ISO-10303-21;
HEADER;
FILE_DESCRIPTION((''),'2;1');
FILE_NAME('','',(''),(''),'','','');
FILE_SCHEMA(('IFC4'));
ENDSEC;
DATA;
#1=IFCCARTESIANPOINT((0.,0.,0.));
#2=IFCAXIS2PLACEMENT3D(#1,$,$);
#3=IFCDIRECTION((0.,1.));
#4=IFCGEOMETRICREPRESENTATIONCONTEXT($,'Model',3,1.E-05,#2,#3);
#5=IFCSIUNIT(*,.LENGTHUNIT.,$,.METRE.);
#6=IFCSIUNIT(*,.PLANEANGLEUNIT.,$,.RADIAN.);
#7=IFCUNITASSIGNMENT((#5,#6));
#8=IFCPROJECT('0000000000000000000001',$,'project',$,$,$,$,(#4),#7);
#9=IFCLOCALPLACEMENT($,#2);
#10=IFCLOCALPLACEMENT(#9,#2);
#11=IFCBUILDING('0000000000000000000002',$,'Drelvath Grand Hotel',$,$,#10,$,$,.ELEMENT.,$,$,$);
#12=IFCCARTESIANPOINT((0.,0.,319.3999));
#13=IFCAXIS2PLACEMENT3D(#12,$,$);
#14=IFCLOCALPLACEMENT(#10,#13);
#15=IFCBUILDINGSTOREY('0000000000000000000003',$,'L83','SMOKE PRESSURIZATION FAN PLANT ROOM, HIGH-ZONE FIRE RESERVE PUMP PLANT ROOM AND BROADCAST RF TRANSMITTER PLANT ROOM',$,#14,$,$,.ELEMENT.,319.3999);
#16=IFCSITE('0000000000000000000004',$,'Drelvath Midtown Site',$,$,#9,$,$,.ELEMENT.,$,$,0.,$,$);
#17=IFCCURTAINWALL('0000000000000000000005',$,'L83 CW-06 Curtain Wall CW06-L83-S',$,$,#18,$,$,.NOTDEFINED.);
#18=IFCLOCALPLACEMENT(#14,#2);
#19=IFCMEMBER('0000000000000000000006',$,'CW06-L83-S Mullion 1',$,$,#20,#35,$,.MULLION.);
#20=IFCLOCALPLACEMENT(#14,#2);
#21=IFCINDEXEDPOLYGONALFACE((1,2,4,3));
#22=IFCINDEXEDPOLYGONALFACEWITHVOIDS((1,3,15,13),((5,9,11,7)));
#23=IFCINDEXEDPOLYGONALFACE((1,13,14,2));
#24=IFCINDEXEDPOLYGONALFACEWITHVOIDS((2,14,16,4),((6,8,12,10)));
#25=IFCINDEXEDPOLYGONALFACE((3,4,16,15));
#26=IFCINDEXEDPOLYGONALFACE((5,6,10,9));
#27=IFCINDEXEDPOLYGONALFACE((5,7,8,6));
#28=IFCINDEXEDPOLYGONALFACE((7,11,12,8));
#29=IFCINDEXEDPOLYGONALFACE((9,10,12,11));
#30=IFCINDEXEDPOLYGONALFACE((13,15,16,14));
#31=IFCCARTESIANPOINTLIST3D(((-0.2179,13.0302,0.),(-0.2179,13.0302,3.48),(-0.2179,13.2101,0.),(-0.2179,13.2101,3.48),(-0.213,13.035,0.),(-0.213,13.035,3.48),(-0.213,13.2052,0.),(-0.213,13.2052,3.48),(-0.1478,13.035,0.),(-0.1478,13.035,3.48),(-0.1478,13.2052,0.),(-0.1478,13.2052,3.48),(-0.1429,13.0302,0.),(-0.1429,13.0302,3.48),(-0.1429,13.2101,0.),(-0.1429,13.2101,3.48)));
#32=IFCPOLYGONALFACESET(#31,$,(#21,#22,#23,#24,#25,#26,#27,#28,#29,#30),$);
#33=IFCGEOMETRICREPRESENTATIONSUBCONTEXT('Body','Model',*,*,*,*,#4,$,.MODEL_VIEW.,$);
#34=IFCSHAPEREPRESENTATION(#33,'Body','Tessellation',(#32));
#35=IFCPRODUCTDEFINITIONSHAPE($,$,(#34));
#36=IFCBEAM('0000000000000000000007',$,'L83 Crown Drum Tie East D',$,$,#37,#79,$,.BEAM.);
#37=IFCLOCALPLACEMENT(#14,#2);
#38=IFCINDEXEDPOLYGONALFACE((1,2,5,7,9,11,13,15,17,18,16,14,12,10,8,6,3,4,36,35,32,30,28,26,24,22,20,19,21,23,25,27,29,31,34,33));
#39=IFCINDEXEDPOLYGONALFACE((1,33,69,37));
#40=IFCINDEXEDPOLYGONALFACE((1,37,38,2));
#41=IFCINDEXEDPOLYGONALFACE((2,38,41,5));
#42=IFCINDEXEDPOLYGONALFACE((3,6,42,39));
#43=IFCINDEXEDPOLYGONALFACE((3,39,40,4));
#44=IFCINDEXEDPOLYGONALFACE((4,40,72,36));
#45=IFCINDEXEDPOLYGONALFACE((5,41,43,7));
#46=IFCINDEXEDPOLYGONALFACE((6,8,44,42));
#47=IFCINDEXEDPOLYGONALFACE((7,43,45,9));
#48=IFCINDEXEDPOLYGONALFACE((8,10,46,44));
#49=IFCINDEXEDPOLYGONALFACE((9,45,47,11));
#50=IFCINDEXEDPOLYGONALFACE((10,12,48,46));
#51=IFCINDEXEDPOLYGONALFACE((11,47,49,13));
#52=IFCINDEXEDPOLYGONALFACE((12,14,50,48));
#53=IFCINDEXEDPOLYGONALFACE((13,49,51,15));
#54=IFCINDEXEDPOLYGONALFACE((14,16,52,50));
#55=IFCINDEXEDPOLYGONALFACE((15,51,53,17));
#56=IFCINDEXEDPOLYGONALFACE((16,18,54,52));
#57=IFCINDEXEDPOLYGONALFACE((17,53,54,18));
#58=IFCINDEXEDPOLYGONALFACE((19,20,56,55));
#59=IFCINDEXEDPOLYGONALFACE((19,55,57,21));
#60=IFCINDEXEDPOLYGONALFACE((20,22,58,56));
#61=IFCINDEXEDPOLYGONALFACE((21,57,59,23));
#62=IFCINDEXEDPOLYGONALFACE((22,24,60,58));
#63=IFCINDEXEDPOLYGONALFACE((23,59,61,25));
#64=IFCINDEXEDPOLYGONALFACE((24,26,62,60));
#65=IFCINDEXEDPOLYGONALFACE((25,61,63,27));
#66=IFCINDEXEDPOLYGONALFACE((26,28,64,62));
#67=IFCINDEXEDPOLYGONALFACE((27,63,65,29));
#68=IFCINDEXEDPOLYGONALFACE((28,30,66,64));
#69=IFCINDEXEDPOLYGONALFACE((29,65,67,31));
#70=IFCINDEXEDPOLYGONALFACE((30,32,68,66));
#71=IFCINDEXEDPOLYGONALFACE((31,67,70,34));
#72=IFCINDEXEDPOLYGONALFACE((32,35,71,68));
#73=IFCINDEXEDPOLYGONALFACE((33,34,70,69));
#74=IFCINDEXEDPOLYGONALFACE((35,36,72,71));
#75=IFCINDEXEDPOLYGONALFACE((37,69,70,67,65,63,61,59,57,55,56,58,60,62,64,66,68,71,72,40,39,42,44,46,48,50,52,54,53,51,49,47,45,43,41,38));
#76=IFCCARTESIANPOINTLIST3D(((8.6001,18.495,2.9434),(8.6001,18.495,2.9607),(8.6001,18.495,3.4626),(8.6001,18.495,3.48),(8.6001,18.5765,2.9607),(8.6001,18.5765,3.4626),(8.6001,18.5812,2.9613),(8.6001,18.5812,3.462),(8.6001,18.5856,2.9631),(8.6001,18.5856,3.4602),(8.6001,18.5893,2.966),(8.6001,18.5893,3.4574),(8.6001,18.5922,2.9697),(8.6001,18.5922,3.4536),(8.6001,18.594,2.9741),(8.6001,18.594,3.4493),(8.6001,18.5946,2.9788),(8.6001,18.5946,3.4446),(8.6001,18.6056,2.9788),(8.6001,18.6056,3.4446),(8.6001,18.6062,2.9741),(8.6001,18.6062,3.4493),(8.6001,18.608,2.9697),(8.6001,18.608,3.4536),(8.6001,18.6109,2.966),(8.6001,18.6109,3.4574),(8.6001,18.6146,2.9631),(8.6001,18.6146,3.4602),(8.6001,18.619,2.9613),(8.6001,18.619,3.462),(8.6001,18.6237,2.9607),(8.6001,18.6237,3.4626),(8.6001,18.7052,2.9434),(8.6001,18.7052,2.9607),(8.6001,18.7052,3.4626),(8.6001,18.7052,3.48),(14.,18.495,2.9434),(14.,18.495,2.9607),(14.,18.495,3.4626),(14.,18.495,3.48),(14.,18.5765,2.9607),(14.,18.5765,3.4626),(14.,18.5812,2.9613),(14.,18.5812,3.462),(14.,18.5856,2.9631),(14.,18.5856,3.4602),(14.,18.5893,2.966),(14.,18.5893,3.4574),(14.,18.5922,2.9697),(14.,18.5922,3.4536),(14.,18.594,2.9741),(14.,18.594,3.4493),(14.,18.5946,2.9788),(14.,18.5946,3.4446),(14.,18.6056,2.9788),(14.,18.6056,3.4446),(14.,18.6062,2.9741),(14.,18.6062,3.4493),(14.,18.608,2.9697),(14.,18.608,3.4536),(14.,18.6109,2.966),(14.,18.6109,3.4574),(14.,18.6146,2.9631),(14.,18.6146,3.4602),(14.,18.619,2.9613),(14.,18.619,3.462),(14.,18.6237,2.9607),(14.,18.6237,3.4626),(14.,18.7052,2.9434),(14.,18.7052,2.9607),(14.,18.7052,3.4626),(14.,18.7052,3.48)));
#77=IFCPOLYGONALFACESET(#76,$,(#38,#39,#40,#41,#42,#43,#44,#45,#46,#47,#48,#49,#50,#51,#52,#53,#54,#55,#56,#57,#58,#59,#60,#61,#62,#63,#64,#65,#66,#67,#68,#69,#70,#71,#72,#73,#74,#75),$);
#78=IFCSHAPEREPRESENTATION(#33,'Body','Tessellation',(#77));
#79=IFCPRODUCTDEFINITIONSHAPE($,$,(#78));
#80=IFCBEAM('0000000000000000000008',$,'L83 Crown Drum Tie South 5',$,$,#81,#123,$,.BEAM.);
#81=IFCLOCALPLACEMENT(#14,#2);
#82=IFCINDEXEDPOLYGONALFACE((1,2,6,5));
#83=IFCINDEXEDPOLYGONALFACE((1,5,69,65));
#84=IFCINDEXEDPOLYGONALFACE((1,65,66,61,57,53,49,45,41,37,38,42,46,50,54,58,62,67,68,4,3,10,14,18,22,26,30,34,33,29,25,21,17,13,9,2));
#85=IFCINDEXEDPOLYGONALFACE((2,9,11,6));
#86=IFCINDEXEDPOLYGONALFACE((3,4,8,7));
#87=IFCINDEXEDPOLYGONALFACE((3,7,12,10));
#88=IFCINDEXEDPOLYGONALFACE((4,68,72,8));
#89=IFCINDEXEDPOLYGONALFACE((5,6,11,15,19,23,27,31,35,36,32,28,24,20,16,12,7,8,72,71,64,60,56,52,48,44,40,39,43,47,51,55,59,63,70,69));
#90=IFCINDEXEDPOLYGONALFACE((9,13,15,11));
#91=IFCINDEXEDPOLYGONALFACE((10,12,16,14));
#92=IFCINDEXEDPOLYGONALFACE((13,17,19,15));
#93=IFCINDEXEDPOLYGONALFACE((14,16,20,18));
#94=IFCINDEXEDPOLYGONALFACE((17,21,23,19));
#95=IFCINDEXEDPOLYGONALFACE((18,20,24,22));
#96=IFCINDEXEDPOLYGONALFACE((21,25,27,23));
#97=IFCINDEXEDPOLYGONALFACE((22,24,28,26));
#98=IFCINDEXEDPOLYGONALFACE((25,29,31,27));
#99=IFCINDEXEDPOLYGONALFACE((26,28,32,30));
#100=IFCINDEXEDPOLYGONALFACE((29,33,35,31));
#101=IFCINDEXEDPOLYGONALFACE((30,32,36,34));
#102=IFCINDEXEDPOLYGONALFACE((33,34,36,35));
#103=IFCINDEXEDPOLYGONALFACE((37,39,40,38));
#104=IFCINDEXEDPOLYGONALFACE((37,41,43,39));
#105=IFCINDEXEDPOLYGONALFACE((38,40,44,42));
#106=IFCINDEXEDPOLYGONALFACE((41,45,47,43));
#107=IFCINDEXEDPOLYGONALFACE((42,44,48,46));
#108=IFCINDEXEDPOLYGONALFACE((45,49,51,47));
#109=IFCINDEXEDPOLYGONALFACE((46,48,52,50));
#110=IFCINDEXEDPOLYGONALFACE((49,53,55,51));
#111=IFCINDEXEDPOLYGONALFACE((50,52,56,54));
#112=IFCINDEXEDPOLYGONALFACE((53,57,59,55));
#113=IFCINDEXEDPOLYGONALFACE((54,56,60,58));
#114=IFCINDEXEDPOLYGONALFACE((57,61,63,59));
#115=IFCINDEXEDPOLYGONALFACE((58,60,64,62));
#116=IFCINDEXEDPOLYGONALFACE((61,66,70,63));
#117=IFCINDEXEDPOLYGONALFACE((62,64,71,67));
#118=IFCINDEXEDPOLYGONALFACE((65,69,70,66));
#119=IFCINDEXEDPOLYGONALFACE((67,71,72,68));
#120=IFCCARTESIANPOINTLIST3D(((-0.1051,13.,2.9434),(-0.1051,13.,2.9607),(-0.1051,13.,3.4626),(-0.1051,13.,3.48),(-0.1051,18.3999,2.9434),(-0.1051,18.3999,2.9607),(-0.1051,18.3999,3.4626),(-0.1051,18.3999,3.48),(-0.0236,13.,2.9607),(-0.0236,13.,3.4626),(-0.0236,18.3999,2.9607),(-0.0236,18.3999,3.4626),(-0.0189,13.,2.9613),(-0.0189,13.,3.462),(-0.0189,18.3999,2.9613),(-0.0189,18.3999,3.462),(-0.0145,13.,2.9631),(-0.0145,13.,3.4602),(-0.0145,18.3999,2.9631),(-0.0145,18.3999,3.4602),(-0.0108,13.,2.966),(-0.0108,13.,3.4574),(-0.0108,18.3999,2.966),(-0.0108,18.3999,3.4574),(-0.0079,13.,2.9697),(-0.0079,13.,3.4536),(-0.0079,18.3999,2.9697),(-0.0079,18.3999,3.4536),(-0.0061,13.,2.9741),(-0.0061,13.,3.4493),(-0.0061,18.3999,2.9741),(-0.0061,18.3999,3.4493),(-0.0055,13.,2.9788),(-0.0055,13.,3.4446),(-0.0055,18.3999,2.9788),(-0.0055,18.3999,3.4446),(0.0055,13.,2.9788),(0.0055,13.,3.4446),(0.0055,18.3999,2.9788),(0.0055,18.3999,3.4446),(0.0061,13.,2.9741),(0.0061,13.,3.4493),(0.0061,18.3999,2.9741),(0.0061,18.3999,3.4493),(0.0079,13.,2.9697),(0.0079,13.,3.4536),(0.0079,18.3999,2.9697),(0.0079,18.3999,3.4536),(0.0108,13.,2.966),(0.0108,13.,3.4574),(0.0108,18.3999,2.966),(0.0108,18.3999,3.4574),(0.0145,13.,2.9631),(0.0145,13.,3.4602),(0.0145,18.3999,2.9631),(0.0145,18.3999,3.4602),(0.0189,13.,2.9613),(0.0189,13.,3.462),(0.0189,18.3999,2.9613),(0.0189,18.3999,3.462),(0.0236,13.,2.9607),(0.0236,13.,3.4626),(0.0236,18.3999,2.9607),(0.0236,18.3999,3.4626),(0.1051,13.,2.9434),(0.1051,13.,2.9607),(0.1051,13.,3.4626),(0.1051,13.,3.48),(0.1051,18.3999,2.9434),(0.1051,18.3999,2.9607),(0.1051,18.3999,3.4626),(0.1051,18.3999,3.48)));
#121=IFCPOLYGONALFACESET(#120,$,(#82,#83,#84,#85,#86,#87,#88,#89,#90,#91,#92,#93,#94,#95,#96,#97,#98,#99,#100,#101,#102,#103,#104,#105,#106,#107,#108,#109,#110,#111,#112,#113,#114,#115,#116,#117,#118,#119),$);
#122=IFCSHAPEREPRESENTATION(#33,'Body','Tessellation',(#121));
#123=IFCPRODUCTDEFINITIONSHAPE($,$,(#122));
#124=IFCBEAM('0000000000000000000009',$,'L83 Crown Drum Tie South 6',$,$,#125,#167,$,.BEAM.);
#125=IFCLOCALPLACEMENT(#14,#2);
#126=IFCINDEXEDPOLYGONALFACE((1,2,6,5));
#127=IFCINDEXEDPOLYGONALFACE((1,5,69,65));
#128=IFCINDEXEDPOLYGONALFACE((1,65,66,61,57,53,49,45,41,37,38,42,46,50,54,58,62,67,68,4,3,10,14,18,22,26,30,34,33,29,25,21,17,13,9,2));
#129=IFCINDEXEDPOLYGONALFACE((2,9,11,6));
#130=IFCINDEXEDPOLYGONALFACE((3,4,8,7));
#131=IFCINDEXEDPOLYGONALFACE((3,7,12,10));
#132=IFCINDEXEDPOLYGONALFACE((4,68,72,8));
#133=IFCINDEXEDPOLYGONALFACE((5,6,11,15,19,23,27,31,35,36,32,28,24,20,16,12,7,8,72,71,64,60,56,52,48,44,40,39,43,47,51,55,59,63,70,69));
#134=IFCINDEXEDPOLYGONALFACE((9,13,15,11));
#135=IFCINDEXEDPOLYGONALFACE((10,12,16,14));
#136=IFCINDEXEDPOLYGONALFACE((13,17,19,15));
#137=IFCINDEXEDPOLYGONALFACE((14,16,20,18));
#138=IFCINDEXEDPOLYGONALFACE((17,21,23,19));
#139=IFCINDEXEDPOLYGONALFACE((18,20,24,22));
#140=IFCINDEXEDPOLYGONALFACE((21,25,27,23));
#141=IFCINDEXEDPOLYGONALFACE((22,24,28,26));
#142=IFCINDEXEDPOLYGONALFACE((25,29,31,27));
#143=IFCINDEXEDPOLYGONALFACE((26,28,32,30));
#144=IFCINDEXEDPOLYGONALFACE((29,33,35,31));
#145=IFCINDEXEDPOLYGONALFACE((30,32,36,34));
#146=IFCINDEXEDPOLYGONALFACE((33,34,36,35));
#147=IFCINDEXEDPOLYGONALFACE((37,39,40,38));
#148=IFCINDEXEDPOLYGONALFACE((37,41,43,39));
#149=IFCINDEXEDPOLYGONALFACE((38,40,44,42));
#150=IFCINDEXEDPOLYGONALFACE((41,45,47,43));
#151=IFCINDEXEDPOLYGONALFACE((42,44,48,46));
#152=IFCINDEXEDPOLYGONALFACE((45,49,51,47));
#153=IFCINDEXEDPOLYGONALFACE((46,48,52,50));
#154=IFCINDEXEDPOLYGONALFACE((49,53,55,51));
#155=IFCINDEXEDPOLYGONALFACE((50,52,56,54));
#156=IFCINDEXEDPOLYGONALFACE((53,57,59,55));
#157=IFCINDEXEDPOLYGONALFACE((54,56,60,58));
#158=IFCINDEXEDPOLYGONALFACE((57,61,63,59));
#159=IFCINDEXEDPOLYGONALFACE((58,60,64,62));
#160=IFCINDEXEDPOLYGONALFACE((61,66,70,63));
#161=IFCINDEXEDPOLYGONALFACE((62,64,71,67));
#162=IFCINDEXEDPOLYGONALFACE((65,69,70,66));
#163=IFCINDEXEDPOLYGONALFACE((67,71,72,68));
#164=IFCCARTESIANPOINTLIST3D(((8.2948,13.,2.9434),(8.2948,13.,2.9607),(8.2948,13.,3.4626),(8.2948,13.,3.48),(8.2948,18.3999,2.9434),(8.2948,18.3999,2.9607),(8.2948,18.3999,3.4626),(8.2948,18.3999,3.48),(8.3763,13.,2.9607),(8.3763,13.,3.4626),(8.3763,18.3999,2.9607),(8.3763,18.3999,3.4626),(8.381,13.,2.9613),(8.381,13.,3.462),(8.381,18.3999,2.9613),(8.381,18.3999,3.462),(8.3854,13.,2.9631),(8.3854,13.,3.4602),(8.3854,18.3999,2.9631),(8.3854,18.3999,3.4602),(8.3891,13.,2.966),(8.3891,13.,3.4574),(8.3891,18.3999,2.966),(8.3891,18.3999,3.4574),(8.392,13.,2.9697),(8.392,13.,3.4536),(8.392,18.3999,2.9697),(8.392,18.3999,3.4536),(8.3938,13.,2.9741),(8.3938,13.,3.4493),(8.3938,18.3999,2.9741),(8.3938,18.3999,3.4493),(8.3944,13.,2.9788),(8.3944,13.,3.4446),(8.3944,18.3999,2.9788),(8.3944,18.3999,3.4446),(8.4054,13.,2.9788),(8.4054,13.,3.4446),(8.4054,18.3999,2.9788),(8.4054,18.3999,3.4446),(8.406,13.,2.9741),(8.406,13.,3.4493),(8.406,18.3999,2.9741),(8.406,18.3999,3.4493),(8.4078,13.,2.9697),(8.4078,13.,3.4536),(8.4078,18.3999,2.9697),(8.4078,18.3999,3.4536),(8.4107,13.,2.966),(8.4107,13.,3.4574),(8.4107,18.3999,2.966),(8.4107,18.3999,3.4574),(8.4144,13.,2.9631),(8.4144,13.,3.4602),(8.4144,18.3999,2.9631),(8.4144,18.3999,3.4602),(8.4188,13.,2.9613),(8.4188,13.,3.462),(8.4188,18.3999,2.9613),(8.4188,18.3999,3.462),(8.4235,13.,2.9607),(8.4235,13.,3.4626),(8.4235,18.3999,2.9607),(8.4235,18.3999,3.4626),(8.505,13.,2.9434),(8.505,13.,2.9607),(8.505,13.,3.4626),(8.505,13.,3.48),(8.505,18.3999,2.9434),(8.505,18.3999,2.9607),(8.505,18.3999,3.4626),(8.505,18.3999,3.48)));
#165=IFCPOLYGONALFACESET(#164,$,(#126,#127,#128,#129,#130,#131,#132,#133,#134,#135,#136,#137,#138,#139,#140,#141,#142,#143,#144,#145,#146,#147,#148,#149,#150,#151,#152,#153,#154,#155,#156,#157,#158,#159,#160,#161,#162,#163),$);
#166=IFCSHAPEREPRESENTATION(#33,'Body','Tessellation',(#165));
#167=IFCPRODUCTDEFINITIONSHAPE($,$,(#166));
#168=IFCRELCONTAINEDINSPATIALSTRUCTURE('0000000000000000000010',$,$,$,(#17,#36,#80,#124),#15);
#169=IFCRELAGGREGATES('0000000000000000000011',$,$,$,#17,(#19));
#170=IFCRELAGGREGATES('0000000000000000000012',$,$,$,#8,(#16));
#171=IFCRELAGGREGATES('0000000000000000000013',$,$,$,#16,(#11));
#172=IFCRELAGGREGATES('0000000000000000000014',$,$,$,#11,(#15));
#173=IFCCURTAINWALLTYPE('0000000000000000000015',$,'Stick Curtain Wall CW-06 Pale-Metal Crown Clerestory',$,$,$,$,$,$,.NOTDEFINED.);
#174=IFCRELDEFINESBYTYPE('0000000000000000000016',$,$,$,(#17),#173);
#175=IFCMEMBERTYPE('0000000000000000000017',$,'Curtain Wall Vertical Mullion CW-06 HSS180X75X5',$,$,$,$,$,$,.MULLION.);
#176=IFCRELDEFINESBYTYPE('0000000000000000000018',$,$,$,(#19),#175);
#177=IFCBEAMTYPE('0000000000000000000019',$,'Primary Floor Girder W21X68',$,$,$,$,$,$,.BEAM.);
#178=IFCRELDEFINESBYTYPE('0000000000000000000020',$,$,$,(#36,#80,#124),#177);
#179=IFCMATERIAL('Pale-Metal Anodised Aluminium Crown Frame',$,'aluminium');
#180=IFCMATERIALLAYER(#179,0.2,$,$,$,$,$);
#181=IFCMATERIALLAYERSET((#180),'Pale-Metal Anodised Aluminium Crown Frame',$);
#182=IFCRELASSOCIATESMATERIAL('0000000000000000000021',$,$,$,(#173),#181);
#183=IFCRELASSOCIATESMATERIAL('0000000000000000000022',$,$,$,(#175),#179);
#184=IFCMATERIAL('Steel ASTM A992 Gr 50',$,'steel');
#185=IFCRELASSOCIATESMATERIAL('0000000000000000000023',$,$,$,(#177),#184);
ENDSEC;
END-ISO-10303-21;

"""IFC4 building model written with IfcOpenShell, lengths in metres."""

from ifc_helpers import new_model, si_unit, direction, frame, origin, origin_2d, place, context, subcontext, project, spatial, hollow_rectangle, i_section, extrude, material, layer, layer_set, material_profile, profile_set, type_object, element, aggregate, save


model = new_model("IFC4")

# Units and contexts
model_context = context("Model", 3, precision=1e-05, world=origin(), true_north=direction((0.0, 1.0)))
body_context = subcontext(model_context, "Body", "Model", "MODEL_VIEW")
ifc_project = project(units=[si_unit("LENGTHUNIT", "METRE"), si_unit("PLANEANGLEUNIT", "RADIAN")], contexts=[model_context])

# Site, building, storey
site_placement = place(None, origin())
site = spatial("IfcSite", under=ifc_project, at=site_placement, Name="Drelvath Midtown Site", CompositionType="ELEMENT", RefElevation=0.0)
building_placement = place(site_placement, origin())
building = spatial("IfcBuilding", under=site, at=building_placement, Name="Drelvath Grand Hotel", CompositionType="ELEMENT")
storey_placement = place(building_placement, frame((0.0, 0.0, 319.3999)))
storey = spatial("IfcBuildingStorey", under=building, at=storey_placement, Name="L83", Description="SMOKE PRESSURIZATION FAN PLANT ROOM, HIGH-ZONE FIRE RESERVE PUMP PLANT ROOM AND BROADCAST RF TRANSMITTER PLANT ROOM", CompositionType="ELEMENT", Elevation=319.3999)

# Shared definitions
ifc_material_1 = material(Name="Pale-Metal Anodised Aluminium Crown Frame", Category="aluminium")
ifc_layer_1 = layer(ifc_material_1, 0.2)
ifc_layer_set_1 = layer_set([ifc_layer_1], Name="Pale-Metal Anodised Aluminium Crown Frame")
curtain_wall_type = type_object("IfcCurtainWallType", Name="Stick Curtain Wall CW-06 Pale-Metal Crown Clerestory", PredefinedType="NOTDEFINED", material=ifc_layer_set_1)
ifc_material_profile_1 = material_profile(ifc_material_1, hollow_rectangle(XDim=0.075, YDim=0.1799, WallThickness=0.0049, at=origin_2d()), Name="HSS180X75X5")
ifc_profile_set_1 = profile_set([ifc_material_profile_1], Name="Pale-Metal Anodised Aluminium Crown Frame")
member_type = type_object("IfcMemberType", Name="Curtain Wall Vertical Mullion CW-06 HSS180X75X5", PredefinedType="MULLION", material=ifc_profile_set_1)

# Curtain wall, member
curtain_wall_1_placement = place(storey_placement, origin())
curtain_wall_1 = element("IfcCurtainWall", 1, at=curtain_wall_1_placement, inside=storey, type_object=curtain_wall_type, Name="L83 CW-06 Curtain Wall CW06-L83-S", PredefinedType="NOTDEFINED")
member_1_placement = place(storey_placement, frame((-0.1804, 13.1201, 0.0), z_axis=(0.0, 0.0, 1.0), x_axis=(1.0, 0.0, 0.0)))
member_1 = element("IfcMember", 2, at=member_1_placement, type_object=member_type, Name="CW06-L83-S Mullion 1", PredefinedType="MULLION", context=body_context, shape_type="SweptSolid", body=[
    extrude(hollow_rectangle(XDim=0.075, YDim=0.1799, WallThickness=0.0049, at=origin_2d()), origin(), (0.0, 0.0, 1.0), 3.48),
])
aggregate(curtain_wall_1, [member_1])

# Beams
ifc_material_2 = material(Name="Steel ASTM A992 Gr 50", Category="steel")
ifc_material_profile_2 = material_profile(ifc_material_2, i_section(OverallWidth=0.2102, OverallDepth=0.5366, WebThickness=0.011, FlangeThickness=0.0173, FilletRadius=0.0181, at=origin_2d()), Name="W21X68")
ifc_profile_set_2 = profile_set([ifc_material_profile_2], Name="Steel ASTM A992 Gr 50")
beam_type_1 = type_object("IfcBeamType", Name="Primary Floor Girder W21X68", PredefinedType="BEAM", material=ifc_profile_set_2)
for number, where, z_axis, x_axis, name in (
    (3, (8.6001, 18.6001, 3.2117), (1.0, 0.0, 0.0), (0.0, 1.0, 0.0), "L83 Crown Drum Tie East D"),
    (4, (0.0, 13.0, 3.2117), (0.0, 1.0, 0.0), (-1.0, 0.0, 0.0), "L83 Crown Drum Tie South 5"),
    (5, (8.3999, 13.0, 3.2117), (0.0, 1.0, 0.0), (-1.0, 0.0, 0.0), "L83 Crown Drum Tie South 6"),
):
    element("IfcBeam", number, at=place(storey_placement, frame(where, z_axis=z_axis, x_axis=x_axis)), inside=storey, type_object=beam_type_1, Name=name, PredefinedType="BEAM", context=body_context, shape_type="SweptSolid", body=[
        extrude(i_section(OverallWidth=0.2102, OverallDepth=0.5366, WebThickness=0.011, FlangeThickness=0.0173, FilletRadius=0.0181, at=origin_2d()), origin(), (0.0, 0.0, 1.0), 5.3999),
    ])

save(model, "model.ifc")
